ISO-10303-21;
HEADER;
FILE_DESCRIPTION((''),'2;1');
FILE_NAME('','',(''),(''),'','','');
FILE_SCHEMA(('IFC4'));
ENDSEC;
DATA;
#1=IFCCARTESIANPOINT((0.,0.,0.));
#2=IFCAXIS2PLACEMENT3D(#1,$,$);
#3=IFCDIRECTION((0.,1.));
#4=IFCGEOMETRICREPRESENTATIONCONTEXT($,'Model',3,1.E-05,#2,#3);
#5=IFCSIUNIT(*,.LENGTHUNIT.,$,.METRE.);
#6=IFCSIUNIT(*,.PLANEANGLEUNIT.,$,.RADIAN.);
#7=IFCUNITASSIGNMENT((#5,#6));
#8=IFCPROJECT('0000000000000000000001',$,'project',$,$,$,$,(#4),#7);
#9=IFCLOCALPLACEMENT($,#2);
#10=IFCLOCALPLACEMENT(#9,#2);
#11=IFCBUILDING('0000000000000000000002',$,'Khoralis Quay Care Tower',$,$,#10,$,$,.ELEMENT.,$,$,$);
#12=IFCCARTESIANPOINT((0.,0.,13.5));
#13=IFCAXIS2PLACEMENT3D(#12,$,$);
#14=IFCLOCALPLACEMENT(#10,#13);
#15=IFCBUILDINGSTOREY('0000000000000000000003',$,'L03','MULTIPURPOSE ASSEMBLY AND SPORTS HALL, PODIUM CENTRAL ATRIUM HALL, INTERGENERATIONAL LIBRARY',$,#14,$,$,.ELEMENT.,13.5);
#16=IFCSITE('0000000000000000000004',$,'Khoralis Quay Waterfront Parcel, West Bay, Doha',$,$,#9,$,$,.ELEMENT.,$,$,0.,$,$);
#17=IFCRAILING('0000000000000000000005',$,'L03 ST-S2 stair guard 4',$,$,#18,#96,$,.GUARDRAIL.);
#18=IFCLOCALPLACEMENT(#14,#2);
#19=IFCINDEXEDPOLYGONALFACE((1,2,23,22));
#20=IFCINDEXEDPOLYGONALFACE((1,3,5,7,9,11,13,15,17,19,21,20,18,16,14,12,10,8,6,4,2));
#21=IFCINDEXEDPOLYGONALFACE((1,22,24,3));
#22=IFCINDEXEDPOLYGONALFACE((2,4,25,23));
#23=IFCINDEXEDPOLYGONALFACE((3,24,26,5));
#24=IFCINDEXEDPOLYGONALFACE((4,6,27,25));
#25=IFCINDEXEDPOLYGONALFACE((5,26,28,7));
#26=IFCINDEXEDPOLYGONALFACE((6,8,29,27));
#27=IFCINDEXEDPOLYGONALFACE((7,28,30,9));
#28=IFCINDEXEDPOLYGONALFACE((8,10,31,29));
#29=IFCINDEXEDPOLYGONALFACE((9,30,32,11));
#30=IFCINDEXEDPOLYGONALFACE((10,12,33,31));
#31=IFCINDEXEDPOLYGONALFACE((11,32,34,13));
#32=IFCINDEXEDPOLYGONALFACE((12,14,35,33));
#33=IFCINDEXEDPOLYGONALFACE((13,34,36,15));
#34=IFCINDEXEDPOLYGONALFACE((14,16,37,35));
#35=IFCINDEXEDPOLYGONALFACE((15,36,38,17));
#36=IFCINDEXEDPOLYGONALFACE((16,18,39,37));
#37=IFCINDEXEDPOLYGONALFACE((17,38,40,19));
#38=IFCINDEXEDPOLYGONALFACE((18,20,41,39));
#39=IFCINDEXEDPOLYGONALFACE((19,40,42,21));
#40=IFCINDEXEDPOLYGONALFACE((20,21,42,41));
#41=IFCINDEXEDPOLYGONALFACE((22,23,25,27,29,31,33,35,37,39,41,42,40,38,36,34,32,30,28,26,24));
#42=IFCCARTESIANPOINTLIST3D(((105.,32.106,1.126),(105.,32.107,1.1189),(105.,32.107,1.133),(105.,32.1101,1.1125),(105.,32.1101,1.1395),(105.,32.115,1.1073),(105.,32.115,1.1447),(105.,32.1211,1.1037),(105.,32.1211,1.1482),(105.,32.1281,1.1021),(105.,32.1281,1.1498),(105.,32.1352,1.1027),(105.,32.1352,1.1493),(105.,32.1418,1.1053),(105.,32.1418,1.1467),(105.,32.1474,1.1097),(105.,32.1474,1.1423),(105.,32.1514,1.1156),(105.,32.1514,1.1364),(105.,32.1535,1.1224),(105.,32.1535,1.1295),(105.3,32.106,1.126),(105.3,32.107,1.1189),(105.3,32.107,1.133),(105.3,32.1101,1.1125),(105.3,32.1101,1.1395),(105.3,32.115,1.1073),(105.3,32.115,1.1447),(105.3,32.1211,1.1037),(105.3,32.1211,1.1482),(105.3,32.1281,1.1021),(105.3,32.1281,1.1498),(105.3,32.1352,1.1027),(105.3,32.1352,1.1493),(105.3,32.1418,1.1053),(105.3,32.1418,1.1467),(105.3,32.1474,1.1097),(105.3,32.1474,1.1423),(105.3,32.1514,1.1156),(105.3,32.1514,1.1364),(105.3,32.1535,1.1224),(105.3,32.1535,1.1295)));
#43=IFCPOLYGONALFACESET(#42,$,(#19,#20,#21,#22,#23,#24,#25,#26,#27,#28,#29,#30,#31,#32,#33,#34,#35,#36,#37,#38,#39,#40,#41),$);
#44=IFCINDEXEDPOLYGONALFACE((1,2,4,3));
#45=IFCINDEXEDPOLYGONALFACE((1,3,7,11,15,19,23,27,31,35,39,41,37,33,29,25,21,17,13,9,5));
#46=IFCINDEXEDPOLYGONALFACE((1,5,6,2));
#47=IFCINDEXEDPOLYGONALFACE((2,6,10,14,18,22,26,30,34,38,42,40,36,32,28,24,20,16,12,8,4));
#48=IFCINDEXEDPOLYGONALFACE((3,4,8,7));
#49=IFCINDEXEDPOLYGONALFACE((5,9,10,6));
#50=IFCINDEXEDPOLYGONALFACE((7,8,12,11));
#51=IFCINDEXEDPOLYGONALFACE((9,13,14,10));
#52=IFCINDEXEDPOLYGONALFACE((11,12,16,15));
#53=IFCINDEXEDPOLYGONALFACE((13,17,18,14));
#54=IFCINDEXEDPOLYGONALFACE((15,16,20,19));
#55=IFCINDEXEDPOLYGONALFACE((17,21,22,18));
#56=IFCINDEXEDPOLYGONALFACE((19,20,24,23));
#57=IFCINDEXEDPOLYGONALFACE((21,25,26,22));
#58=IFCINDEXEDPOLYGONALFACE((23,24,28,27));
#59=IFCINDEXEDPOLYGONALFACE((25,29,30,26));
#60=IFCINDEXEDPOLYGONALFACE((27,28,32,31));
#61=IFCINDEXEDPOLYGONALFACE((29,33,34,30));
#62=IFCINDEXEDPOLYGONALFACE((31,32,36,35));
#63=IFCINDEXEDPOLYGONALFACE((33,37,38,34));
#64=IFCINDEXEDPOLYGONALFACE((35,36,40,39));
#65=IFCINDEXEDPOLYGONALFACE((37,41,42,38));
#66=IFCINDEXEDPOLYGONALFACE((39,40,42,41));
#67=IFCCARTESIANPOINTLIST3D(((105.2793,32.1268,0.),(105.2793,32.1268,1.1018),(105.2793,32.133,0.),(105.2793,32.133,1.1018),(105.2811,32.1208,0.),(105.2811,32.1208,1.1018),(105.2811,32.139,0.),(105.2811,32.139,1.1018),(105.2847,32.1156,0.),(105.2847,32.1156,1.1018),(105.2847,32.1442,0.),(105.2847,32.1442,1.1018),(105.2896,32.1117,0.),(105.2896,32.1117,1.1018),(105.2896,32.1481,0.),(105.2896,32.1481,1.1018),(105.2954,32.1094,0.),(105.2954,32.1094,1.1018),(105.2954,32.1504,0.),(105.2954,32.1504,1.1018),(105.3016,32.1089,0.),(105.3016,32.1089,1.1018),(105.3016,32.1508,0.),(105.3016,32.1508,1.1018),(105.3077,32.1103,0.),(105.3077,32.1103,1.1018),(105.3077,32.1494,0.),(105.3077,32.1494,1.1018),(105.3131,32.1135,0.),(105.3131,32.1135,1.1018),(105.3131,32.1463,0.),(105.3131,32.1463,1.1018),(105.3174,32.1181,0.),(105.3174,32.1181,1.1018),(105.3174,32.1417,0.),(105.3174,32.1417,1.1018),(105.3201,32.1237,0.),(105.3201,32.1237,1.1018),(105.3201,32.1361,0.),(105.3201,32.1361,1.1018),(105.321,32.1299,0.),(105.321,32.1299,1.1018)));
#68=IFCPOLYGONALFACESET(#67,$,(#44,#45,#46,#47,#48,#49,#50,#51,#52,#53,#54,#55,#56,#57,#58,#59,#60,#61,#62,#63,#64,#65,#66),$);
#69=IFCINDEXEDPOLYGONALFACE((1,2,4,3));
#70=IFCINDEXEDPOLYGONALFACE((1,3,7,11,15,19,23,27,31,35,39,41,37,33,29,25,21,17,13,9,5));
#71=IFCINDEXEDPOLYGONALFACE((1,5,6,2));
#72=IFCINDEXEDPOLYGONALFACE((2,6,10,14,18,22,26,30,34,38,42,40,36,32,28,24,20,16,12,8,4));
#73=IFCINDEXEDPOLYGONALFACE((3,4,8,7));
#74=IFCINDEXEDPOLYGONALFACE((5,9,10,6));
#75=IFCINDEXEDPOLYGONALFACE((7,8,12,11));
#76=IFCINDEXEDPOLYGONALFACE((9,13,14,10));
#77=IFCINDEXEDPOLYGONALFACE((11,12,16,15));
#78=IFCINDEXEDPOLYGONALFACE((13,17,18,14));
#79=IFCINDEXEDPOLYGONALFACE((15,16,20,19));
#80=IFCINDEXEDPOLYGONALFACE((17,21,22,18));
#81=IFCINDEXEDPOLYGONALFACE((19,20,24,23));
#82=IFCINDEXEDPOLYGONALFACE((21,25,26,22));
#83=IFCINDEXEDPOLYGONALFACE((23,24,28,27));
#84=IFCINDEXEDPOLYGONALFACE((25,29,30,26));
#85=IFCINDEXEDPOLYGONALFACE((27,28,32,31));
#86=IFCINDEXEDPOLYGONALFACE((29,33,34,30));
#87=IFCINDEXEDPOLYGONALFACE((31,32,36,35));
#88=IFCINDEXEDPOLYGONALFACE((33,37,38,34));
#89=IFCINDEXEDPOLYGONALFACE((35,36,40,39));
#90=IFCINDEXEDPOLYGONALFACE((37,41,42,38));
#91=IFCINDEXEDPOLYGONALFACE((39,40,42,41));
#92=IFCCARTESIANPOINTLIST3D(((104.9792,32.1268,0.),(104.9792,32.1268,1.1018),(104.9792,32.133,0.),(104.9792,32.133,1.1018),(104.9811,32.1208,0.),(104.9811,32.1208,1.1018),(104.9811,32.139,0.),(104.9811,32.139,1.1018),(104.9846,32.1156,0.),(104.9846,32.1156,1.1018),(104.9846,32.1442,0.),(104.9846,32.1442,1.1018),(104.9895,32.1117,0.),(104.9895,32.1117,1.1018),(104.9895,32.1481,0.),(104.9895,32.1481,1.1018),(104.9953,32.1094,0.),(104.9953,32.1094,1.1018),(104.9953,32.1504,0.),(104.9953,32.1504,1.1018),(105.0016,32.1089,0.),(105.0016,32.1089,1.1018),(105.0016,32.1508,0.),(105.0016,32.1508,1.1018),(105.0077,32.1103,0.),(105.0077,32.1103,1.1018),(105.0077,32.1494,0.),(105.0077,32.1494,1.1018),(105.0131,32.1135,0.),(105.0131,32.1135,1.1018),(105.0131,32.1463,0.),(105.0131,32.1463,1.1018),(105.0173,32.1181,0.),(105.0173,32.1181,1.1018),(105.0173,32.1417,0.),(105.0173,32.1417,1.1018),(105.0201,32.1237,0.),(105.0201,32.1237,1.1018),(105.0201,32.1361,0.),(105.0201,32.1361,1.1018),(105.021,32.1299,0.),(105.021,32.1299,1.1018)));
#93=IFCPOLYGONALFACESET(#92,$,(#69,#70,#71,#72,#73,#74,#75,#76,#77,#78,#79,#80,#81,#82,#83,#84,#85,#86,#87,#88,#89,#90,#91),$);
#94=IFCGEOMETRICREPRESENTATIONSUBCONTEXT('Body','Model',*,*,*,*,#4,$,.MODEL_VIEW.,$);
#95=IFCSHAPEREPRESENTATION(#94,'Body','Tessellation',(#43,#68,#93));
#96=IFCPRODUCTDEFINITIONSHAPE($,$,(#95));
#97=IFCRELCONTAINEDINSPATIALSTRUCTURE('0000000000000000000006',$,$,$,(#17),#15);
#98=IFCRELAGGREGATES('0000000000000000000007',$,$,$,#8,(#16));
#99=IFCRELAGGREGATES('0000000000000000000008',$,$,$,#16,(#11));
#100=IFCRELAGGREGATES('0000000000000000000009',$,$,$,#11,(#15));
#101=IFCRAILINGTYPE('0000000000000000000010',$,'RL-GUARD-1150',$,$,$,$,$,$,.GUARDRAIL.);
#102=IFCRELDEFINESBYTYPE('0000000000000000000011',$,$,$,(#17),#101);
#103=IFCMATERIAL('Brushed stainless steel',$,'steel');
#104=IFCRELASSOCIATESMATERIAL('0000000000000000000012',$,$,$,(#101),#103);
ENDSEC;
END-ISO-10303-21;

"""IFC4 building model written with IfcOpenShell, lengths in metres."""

from ifc_helpers import new_model, si_unit, direction, frame, origin, origin_2d, place, context, subcontext, project, spatial, circle, extrude, material, type_object, element, save


model = new_model("IFC4")

# Units and contexts
model_context = context("Model", 3, precision=1e-05, world=origin(), true_north=direction((0.0, 1.0)))
body_context = subcontext(model_context, "Body", "Model", "MODEL_VIEW")
ifc_project = project(units=[si_unit("LENGTHUNIT", "METRE"), si_unit("PLANEANGLEUNIT", "RADIAN")], contexts=[model_context])

# Site, building, storey
site_placement = place(None, origin())
site = spatial("IfcSite", under=ifc_project, at=site_placement, Name="Khoralis Quay Waterfront Parcel, West Bay, Doha", CompositionType="ELEMENT", RefElevation=0.0)
building_placement = place(site_placement, origin())
building = spatial("IfcBuilding", under=site, at=building_placement, Name="Khoralis Quay Care Tower", CompositionType="ELEMENT")
storey_placement = place(building_placement, frame((0.0, 0.0, 13.5)))
storey = spatial("IfcBuildingStorey", under=building, at=storey_placement, Name="L03", Description="MULTIPURPOSE ASSEMBLY AND SPORTS HALL, PODIUM CENTRAL ATRIUM HALL, INTERGENERATIONAL LIBRARY", CompositionType="ELEMENT", Elevation=13.5)

# Railing
ifc_material_1 = material(Name="Brushed stainless steel", Category="steel")
railing_type_1 = type_object("IfcRailingType", Name="RL-GUARD-1150", PredefinedType="GUARDRAIL", material=ifc_material_1)
railing_1_placement = place(storey_placement, frame((105.3, 32.1299, 0.0)))
element("IfcRailing", 1, at=railing_1_placement, inside=storey, type_object=railing_type_1, Name="L03 ST-S2 stair guard 4", PredefinedType="GUARDRAIL", context=body_context, shape_type="SweptSolid", body=[
    extrude(circle(Radius=0.0239, at=origin_2d()), frame((0.0, 0.0, 1.126), z_axis=(-1.0, 0.0, 0.0), x_axis=(0.0, -1.0, 0.0)), (0.0, 0.0, 1.0), 0.3),
    extrude(circle(Radius=0.021, at=origin_2d()), origin(), (0.0, 0.0, 1.0), 1.1018),
    extrude(circle(Radius=0.021, at=origin_2d()), frame((-0.3, 0.0, 0.0)), (0.0, 0.0, 1.0), 1.1018),
])

save(model, "model.ifc")
